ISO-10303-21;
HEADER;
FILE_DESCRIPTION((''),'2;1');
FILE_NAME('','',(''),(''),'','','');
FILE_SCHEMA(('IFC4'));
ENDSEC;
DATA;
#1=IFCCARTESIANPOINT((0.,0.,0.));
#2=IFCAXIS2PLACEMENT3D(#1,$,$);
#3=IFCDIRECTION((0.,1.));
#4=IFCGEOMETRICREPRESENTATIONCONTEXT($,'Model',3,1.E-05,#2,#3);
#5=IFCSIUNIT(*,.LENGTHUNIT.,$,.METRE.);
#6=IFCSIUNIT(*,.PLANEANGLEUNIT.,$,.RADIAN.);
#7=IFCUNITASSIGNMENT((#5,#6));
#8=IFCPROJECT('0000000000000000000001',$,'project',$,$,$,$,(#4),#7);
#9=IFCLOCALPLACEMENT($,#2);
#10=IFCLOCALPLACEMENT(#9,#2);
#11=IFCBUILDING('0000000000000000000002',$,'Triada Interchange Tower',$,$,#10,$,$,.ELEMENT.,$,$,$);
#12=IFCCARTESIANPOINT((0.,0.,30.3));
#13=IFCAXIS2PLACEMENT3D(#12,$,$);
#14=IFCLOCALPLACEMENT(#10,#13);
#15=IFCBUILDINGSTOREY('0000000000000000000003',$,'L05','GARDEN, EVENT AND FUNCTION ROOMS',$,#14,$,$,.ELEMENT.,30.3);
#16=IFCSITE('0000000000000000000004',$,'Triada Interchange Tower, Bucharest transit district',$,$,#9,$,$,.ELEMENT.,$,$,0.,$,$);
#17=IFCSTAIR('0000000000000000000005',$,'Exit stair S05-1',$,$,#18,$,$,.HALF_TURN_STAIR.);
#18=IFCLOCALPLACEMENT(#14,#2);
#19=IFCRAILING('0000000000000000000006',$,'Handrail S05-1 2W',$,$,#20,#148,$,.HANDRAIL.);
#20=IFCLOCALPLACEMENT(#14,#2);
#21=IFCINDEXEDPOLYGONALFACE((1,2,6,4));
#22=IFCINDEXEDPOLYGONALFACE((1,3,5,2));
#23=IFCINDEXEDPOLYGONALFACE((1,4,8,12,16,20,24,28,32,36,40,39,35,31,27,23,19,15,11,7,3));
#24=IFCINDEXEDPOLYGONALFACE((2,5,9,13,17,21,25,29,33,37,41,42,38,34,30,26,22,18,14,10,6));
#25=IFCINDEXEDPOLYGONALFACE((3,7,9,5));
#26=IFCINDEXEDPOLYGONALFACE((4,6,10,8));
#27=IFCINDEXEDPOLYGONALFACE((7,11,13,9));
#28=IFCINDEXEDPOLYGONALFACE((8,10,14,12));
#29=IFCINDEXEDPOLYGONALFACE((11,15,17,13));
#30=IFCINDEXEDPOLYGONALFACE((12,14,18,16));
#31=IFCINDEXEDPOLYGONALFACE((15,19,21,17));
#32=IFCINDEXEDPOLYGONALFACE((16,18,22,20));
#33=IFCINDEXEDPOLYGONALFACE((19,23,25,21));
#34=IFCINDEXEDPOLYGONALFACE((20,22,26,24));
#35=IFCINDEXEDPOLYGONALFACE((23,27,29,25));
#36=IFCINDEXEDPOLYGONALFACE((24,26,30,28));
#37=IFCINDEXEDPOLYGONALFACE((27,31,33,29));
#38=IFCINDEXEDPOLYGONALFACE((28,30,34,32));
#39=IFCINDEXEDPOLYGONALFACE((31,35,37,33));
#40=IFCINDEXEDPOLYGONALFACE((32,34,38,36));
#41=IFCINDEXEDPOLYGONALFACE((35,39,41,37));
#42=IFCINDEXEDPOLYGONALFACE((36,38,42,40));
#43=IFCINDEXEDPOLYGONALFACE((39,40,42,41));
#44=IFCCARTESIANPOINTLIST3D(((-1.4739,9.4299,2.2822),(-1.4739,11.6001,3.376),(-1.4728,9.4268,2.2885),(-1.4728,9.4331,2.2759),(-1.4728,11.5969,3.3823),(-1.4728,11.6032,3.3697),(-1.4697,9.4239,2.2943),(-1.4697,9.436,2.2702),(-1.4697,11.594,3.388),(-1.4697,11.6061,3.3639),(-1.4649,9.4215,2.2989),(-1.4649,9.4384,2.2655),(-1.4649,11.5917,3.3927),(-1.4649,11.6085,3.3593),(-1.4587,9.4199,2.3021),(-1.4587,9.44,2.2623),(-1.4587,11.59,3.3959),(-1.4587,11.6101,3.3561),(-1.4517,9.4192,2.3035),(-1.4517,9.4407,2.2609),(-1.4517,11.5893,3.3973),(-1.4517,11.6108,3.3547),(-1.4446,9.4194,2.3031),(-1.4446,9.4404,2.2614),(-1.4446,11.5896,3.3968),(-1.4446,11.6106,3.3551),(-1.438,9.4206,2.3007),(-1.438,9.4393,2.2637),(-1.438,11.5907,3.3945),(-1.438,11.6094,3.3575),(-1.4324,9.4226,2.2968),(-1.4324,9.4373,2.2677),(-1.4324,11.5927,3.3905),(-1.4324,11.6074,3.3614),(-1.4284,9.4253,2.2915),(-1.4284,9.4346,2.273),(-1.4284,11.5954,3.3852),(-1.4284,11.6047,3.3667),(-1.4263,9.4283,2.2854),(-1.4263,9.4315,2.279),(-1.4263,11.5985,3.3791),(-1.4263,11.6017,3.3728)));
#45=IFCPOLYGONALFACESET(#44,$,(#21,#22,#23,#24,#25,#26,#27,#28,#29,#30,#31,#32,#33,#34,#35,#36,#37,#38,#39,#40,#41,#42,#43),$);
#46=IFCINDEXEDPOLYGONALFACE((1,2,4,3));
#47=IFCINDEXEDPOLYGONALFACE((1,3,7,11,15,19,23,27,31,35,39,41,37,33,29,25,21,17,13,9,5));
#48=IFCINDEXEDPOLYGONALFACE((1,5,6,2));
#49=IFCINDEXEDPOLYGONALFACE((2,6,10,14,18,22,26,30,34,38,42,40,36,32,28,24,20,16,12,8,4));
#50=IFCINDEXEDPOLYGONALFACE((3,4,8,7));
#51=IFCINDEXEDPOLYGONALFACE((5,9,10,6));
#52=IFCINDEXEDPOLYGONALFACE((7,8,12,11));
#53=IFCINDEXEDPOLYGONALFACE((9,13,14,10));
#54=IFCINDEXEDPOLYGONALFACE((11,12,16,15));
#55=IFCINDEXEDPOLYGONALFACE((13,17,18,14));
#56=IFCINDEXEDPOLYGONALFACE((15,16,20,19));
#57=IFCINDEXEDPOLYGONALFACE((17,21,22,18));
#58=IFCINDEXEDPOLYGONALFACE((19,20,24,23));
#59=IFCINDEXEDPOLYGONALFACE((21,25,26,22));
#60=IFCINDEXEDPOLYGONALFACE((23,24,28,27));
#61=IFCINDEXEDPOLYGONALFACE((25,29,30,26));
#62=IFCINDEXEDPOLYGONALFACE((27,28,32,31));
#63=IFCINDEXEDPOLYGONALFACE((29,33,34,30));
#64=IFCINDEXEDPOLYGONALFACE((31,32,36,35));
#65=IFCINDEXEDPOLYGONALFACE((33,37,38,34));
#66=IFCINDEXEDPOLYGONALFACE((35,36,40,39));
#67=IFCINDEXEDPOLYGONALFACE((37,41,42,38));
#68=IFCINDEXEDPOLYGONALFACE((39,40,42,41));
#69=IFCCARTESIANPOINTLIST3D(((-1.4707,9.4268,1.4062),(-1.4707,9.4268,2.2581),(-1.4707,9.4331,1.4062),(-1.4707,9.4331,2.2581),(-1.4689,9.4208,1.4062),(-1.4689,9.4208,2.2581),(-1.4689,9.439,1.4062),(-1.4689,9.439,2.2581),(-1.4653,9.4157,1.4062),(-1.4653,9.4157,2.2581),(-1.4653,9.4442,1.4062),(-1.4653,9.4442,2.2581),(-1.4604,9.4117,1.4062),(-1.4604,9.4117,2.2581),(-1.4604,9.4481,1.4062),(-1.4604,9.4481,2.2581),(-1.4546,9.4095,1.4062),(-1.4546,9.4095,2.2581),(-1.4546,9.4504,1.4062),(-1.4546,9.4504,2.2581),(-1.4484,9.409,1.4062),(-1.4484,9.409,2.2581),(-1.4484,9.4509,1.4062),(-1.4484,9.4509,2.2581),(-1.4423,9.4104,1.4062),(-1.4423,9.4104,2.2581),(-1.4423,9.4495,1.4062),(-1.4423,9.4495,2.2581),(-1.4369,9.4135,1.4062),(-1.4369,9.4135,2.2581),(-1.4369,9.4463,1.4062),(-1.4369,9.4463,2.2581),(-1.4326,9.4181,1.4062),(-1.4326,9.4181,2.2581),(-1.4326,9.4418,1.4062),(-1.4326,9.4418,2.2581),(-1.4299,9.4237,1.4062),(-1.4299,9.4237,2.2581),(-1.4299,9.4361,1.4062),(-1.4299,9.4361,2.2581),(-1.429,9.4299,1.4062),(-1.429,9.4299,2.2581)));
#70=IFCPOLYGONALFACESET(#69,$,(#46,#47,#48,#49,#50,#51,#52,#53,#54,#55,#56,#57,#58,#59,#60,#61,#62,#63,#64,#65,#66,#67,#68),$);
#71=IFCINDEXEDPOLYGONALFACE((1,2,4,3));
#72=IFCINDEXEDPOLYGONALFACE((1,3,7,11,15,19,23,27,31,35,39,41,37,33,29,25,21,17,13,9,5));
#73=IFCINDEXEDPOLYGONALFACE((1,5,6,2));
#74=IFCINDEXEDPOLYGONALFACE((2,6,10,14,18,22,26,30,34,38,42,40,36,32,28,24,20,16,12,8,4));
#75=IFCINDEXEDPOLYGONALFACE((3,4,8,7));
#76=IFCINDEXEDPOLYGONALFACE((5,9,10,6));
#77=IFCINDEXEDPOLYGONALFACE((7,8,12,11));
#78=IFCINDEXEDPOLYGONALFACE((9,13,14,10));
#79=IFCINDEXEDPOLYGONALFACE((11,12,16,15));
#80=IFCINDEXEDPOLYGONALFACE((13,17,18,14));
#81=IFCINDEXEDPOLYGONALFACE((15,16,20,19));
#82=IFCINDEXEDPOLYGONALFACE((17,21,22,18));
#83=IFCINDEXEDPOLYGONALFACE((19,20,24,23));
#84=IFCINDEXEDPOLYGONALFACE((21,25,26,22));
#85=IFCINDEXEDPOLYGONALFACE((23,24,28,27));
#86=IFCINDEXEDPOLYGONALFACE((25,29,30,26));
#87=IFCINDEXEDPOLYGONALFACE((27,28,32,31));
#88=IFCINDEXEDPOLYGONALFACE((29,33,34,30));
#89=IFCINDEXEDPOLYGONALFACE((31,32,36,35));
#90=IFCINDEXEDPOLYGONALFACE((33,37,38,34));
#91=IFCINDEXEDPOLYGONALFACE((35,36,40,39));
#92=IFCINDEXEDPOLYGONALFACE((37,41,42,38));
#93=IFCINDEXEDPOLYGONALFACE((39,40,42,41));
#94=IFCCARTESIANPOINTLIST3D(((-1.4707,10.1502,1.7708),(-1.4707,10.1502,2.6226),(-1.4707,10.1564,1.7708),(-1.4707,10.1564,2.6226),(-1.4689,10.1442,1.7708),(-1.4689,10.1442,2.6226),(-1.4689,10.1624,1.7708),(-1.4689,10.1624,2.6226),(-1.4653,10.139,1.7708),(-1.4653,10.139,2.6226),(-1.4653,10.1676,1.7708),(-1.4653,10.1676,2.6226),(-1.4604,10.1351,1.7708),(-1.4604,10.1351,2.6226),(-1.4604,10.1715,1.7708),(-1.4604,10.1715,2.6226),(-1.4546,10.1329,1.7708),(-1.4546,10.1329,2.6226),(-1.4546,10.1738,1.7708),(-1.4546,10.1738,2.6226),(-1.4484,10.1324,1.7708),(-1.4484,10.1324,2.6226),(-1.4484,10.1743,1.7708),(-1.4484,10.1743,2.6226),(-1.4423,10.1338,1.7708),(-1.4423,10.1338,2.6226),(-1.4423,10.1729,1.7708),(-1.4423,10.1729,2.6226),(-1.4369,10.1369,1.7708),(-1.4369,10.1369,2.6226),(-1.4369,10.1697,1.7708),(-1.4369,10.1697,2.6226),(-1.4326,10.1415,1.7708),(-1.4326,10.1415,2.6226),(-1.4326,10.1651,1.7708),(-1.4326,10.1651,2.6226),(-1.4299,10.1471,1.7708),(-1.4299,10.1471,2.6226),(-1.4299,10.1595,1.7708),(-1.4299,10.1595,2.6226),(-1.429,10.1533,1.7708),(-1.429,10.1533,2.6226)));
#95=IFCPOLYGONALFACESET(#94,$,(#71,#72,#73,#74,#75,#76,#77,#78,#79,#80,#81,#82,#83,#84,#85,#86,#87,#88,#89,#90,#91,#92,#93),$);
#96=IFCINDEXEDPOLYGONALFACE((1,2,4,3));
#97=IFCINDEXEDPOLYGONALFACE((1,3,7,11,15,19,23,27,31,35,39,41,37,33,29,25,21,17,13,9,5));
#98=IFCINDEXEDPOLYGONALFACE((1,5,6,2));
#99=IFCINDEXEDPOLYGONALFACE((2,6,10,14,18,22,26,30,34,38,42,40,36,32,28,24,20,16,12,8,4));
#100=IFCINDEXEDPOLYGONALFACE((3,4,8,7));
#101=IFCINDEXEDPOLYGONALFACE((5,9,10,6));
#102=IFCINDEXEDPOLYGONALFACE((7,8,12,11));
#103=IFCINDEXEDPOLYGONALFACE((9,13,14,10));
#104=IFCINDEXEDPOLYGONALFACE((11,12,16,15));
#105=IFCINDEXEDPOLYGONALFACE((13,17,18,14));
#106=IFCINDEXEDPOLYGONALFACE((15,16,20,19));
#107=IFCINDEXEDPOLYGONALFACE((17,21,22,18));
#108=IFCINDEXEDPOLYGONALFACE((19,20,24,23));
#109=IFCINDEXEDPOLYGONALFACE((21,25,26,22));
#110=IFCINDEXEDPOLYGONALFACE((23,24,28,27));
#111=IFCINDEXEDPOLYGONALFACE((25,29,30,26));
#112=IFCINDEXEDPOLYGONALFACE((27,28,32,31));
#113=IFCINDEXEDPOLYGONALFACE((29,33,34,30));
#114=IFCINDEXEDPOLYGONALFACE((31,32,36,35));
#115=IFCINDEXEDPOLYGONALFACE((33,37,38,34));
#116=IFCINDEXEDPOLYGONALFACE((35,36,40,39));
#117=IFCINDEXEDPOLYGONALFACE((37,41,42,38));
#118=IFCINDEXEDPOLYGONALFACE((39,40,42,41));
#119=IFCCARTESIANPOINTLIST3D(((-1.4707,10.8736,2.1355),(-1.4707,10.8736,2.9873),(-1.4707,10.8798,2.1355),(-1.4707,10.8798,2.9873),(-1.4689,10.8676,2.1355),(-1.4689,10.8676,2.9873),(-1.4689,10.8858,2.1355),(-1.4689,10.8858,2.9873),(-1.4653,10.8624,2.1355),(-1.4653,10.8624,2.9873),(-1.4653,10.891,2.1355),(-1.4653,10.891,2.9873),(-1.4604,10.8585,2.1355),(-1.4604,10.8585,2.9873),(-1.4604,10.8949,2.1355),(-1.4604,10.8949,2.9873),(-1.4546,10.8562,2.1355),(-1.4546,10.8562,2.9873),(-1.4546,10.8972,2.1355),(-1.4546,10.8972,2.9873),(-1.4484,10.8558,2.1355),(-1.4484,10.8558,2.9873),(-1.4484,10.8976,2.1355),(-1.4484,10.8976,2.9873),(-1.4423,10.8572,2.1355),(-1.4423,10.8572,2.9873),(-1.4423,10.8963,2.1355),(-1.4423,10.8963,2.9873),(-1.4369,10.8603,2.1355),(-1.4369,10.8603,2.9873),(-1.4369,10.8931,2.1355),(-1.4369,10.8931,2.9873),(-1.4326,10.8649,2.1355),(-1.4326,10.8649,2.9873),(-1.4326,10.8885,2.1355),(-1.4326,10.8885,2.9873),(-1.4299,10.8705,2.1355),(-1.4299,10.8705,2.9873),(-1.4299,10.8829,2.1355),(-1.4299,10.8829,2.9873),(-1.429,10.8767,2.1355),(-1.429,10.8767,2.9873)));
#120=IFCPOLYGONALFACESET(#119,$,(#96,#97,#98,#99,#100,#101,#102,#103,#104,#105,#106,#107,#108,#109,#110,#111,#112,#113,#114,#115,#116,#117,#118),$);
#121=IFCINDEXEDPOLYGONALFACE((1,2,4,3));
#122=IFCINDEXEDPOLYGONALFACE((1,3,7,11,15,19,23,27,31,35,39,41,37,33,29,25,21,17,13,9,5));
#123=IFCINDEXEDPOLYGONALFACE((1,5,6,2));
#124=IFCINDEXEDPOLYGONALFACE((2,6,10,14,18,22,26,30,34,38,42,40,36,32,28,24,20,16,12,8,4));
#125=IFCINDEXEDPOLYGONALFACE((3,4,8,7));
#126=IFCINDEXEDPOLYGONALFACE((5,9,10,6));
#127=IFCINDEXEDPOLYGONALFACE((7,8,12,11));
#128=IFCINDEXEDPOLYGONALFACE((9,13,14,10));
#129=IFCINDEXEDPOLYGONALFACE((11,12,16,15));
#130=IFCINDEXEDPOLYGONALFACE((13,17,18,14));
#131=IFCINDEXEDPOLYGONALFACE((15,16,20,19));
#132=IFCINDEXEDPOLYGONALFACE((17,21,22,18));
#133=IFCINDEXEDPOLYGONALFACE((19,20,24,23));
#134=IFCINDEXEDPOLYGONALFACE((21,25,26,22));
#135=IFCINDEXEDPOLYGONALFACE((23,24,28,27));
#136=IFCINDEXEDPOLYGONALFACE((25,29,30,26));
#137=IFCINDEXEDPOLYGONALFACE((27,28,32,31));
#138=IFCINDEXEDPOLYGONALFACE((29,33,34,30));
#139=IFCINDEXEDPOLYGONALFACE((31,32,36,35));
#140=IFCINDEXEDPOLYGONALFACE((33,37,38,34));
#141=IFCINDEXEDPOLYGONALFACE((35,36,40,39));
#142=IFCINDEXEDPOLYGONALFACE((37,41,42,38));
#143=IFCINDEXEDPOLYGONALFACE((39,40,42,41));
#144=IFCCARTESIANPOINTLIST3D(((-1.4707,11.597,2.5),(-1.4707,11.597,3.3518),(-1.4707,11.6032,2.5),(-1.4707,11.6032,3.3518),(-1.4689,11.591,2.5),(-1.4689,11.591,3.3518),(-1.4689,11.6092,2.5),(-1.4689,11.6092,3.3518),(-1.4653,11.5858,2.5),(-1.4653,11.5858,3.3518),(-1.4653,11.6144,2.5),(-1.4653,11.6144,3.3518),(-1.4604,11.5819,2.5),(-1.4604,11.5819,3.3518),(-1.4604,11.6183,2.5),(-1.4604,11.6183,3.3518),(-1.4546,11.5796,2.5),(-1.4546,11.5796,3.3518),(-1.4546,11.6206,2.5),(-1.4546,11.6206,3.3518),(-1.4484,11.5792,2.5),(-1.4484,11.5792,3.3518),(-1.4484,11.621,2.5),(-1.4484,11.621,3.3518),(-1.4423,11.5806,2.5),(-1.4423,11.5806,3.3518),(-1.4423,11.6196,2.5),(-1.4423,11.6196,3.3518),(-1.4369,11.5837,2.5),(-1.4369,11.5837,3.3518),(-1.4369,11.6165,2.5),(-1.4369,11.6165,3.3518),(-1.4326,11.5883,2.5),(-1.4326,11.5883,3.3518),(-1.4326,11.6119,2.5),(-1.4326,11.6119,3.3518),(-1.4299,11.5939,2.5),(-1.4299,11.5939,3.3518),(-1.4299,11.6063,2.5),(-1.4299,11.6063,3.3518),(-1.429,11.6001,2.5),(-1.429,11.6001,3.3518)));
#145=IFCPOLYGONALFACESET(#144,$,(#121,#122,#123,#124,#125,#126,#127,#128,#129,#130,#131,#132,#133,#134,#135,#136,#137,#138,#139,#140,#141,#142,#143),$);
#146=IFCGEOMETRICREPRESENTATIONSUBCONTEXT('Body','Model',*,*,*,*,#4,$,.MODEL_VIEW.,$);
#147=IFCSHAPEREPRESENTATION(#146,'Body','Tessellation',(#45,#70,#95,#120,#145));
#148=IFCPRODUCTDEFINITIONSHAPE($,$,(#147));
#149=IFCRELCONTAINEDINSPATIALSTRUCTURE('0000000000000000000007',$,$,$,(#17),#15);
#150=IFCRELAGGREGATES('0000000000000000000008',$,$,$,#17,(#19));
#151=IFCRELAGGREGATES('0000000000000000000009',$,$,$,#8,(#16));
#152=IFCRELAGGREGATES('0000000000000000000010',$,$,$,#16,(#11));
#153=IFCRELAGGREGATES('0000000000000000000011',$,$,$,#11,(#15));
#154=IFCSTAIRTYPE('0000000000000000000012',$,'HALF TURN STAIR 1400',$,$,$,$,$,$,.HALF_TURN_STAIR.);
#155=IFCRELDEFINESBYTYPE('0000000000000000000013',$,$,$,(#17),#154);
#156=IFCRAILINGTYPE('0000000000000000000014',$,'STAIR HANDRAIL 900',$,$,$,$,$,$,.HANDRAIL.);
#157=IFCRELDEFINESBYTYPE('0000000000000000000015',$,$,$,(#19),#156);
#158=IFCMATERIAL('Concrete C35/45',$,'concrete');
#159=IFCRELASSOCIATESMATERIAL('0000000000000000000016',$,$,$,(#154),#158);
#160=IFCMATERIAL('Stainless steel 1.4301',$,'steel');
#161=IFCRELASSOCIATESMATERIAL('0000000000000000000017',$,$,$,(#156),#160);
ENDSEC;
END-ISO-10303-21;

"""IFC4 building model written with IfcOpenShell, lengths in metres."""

from ifc_helpers import new_model, si_unit, direction, frame, origin, origin_2d, place, context, subcontext, project, spatial, circle, extrude, material, type_object, element, aggregate, save


model = new_model("IFC4")

# Units and contexts
model_context = context("Model", 3, precision=1e-05, world=origin(), true_north=direction((0.0, 1.0)))
body_context = subcontext(model_context, "Body", "Model", "MODEL_VIEW")
ifc_project = project(units=[si_unit("LENGTHUNIT", "METRE"), si_unit("PLANEANGLEUNIT", "RADIAN")], contexts=[model_context])

# Site, building, storey
site_placement = place(None, origin())
site = spatial("IfcSite", under=ifc_project, at=site_placement, Name="Triada Interchange Tower, Bucharest transit district", CompositionType="ELEMENT", RefElevation=0.0)
building_placement = place(site_placement, origin())
building = spatial("IfcBuilding", under=site, at=building_placement, Name="Triada Interchange Tower", CompositionType="ELEMENT")
storey_placement = place(building_placement, frame((0.0, 0.0, 30.3)))
storey = spatial("IfcBuildingStorey", under=building, at=storey_placement, Name="L05", Description="GARDEN, EVENT AND FUNCTION ROOMS", CompositionType="ELEMENT", Elevation=30.3)

# Stair, railing
ifc_material_1 = material(Name="Concrete C35/45", Category="concrete")
stair_type = type_object("IfcStairType", Name="HALF TURN STAIR 1400", PredefinedType="HALF_TURN_STAIR", material=ifc_material_1)
stair_placement = place(storey_placement, origin())
stair = element("IfcStair", 1, at=stair_placement, inside=storey, type_object=stair_type, Name="Exit stair S05-1", PredefinedType="HALF_TURN_STAIR")
ifc_material_2 = material(Name="Stainless steel 1.4301", Category="steel")
railing_type = type_object("IfcRailingType", Name="STAIR HANDRAIL 900", PredefinedType="HANDRAIL", material=ifc_material_2)
railing_1_placement = place(storey_placement, frame((-1.45, 9.4299, 1.4062)))
railing_1 = element("IfcRailing", 2, at=railing_1_placement, type_object=railing_type, Name="Handrail S05-1 2W", PredefinedType="HANDRAIL", context=body_context, shape_type="SweptSolid", body=[
    extrude(circle(Radius=0.0239, at=origin_2d()), frame((0.0, 0.0, 0.876), z_axis=(0.0, 0.892996, 0.450064), x_axis=(-1.0, 0.0, 0.0)), (0.0, 0.0, 1.0), 2.4302),
    extrude(circle(Radius=0.021, at=origin_2d()), origin(), (0.0, 0.0, 1.0), 0.8518),
    extrude(circle(Radius=0.021, at=origin_2d()), frame((0.0, 0.7234, 0.3645)), (0.0, 0.0, 1.0), 0.8518),
    extrude(circle(Radius=0.021, at=origin_2d()), frame((0.0, 1.4468, 0.7292)), (0.0, 0.0, 1.0), 0.8518),
    extrude(circle(Radius=0.021, at=origin_2d()), frame((0.0, 2.1702, 1.0938)), (0.0, 0.0, 1.0), 0.8518),
])
aggregate(stair, [railing_1])

save(model, "model.ifc")
